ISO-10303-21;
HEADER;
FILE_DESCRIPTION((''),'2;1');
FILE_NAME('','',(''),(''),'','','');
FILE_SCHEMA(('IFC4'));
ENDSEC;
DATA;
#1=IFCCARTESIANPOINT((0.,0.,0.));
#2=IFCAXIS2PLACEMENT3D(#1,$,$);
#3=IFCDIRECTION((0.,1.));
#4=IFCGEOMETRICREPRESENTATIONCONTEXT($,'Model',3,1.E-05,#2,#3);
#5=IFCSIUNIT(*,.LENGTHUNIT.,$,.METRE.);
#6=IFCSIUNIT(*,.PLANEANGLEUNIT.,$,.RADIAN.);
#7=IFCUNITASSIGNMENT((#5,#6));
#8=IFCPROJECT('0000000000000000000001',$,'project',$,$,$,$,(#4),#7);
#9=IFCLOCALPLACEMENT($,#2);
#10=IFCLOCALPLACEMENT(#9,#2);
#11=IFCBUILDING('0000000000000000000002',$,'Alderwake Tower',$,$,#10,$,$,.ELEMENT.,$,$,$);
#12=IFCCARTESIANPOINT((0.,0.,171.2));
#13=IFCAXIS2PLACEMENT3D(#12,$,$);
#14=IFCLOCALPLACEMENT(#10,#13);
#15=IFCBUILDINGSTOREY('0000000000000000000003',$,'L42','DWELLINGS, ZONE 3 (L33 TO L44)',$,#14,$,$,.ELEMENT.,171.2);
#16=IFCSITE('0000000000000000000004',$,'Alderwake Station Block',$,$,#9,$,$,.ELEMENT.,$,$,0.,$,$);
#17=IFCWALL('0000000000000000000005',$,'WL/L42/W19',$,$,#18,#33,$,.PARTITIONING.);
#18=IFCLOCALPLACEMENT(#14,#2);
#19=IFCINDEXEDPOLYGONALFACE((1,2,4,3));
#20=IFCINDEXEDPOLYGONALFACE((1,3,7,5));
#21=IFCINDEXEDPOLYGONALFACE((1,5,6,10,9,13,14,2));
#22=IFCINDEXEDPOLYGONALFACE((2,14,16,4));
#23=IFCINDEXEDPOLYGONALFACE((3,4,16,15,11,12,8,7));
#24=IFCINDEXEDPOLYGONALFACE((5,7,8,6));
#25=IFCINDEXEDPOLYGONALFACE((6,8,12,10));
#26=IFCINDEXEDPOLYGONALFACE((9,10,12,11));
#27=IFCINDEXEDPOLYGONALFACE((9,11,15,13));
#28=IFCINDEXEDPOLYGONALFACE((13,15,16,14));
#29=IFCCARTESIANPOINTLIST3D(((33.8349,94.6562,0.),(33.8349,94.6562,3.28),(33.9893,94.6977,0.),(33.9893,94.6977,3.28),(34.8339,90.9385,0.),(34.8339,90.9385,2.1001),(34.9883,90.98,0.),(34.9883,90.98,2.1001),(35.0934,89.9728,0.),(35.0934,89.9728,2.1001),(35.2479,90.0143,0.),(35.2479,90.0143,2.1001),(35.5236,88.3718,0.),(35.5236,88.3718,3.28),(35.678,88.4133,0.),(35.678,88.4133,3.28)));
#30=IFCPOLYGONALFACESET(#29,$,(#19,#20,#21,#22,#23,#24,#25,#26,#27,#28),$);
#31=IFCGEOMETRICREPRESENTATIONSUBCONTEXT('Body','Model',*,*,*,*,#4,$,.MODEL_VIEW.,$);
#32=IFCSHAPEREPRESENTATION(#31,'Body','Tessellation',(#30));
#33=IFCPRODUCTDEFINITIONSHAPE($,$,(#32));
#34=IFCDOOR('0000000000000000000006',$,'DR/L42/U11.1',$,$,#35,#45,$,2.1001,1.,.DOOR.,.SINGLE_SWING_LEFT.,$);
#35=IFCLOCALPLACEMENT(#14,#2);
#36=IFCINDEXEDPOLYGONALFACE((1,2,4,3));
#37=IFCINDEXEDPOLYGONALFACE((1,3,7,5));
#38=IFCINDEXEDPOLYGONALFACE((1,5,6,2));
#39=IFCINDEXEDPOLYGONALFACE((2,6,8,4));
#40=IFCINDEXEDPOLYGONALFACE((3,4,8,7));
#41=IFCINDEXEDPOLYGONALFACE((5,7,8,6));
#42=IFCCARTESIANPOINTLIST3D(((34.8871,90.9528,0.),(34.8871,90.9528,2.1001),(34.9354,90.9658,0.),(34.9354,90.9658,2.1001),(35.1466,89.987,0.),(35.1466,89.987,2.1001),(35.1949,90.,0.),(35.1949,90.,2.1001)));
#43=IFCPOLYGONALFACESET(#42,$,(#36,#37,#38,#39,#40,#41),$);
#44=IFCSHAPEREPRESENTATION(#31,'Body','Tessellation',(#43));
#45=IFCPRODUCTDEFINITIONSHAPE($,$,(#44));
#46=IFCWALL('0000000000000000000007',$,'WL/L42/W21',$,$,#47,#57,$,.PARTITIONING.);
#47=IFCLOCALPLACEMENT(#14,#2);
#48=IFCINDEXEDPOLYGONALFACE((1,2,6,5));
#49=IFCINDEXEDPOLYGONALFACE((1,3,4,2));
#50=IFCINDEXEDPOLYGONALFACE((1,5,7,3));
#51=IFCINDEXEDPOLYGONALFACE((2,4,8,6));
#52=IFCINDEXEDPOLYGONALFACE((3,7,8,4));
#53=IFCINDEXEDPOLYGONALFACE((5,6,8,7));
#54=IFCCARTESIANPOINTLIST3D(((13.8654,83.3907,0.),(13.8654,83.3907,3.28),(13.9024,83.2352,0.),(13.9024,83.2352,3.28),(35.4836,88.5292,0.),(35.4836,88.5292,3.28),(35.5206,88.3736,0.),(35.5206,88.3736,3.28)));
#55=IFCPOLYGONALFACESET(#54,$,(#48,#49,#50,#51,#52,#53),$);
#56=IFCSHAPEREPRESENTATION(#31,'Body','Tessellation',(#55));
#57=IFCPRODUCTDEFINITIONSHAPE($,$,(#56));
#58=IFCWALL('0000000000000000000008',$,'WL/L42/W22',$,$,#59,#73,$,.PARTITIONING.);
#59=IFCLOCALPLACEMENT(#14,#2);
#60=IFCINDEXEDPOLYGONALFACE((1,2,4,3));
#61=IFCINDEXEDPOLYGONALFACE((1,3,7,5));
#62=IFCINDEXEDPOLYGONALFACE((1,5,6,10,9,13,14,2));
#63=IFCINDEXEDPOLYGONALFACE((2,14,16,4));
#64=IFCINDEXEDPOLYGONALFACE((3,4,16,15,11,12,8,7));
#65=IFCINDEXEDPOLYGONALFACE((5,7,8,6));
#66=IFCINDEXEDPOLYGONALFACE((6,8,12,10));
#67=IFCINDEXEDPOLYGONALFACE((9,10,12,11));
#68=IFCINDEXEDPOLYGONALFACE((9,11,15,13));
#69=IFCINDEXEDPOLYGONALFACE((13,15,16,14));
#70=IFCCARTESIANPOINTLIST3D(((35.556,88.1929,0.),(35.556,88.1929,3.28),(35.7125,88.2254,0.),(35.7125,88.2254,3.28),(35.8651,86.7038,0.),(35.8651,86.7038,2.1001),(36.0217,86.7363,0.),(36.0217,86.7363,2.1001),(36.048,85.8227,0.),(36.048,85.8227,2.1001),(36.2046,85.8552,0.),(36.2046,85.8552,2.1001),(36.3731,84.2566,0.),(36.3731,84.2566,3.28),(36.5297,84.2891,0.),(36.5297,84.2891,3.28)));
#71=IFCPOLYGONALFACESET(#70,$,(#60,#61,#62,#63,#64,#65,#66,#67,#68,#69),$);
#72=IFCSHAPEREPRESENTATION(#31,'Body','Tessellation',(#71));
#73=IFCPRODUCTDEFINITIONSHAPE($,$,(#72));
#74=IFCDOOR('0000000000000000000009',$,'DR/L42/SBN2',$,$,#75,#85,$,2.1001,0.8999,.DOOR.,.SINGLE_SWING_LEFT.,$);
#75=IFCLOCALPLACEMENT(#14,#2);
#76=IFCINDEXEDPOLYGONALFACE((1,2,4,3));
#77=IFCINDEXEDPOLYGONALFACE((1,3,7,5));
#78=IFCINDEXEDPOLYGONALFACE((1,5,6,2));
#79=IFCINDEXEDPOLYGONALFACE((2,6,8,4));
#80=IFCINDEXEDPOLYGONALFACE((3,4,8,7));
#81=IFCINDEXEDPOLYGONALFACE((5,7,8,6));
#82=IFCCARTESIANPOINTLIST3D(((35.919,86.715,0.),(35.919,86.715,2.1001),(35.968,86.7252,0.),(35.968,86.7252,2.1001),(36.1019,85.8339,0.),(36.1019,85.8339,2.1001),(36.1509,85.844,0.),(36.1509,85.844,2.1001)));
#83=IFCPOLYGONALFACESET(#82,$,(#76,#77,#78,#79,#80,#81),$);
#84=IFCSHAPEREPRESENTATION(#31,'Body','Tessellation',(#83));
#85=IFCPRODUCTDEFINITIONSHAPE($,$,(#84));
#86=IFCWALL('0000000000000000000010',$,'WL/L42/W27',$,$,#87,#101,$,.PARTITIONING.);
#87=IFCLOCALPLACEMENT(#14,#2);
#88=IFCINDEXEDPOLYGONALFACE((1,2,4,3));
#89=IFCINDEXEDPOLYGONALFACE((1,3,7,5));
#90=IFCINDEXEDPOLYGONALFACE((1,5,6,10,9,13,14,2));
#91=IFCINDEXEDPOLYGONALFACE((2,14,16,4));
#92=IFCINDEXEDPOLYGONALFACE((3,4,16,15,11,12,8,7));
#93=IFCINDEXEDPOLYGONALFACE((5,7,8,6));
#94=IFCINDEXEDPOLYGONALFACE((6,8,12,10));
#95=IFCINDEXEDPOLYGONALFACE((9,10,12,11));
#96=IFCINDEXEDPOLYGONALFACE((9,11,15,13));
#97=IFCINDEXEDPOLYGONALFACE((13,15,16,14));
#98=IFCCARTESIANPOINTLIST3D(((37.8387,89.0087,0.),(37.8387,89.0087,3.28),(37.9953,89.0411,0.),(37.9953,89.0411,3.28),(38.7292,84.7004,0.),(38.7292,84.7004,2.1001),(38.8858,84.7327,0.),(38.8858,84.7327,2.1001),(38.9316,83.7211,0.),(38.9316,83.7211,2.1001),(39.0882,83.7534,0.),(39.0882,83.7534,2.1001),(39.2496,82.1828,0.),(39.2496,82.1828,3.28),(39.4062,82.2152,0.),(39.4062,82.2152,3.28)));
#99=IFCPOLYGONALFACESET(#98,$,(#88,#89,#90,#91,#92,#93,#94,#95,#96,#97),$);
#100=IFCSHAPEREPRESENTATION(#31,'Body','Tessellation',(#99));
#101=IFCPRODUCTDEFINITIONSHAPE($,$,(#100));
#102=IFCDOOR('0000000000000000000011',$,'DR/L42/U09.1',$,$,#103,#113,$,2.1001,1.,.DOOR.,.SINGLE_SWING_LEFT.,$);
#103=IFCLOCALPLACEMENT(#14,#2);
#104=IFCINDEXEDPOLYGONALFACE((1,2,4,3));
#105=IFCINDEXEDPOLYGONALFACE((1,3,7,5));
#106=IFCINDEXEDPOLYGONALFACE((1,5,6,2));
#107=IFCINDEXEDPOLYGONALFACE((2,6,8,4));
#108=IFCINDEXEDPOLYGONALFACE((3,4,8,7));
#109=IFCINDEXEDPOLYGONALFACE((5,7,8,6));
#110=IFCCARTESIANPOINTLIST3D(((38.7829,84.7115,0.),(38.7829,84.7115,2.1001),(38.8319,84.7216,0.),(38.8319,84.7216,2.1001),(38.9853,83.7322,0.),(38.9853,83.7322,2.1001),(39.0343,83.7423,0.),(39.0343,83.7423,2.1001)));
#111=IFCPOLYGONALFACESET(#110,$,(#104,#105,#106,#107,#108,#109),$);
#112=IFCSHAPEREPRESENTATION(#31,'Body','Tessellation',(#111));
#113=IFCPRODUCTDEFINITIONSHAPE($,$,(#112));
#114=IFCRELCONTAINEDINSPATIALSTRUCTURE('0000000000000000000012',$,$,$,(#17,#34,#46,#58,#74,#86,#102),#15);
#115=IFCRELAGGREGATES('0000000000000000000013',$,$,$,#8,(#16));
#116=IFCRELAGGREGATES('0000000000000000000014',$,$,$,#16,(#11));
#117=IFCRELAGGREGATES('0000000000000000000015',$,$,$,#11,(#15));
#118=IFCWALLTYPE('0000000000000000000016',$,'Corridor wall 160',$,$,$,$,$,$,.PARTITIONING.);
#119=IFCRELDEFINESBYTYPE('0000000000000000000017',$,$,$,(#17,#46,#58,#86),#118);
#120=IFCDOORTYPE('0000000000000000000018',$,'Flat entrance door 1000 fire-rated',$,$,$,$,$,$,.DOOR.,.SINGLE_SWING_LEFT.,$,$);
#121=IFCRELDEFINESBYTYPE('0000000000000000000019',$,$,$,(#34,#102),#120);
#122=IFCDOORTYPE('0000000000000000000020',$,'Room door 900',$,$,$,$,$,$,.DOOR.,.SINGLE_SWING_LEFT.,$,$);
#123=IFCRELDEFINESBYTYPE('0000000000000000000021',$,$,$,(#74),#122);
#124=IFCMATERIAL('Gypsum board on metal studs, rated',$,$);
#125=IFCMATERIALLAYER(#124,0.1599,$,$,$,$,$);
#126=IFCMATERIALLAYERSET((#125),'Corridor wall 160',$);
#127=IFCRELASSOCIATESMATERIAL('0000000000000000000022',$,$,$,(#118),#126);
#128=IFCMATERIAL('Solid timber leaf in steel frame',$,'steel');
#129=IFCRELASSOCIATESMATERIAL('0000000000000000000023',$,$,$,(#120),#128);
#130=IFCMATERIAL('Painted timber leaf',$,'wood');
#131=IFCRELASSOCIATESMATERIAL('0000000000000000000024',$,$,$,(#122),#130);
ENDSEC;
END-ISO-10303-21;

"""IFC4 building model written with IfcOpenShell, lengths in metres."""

from ifc_helpers import new_model, si_unit, direction, frame, frame_2d, origin, place, context, subcontext, project, spatial, rectangle, extrude, material, layer, layer_set, type_object, element, fill, save


model = new_model("IFC4")

# Units and contexts
model_context = context("Model", 3, precision=1e-05, world=origin(), true_north=direction((0.0, 1.0)))
body_context = subcontext(model_context, "Body", "Model", "MODEL_VIEW")
ifc_project = project(units=[si_unit("LENGTHUNIT", "METRE"), si_unit("PLANEANGLEUNIT", "RADIAN")], contexts=[model_context])

# Site, building, storey
site_placement = place(None, origin())
site = spatial("IfcSite", under=ifc_project, at=site_placement, Name="Alderwake Station Block", CompositionType="ELEMENT", RefElevation=0.0)
building_placement = place(site_placement, origin())
building = spatial("IfcBuilding", under=site, at=building_placement, Name="Alderwake Tower", CompositionType="ELEMENT")
storey_placement = place(building_placement, frame((0.0, 0.0, 171.2)))
storey = spatial("IfcBuildingStorey", under=building, at=storey_placement, Name="L42", Description="DWELLINGS, ZONE 3 (L33 TO L44)", CompositionType="ELEMENT", Elevation=171.2)

# Wall, opening, door
ifc_material_1 = material(Name="Gypsum board on metal studs, rated")
ifc_layer_1 = layer(ifc_material_1, 0.1599)
ifc_layer_set_1 = layer_set([ifc_layer_1], Name="Corridor wall 160")
wall_type_1 = type_object("IfcWallType", Name="Corridor wall 160", PredefinedType="PARTITIONING", material=ifc_layer_set_1)
wall_1_placement = place(storey_placement, frame((35.6008, 88.3926, 0.0), z_axis=(0.0, 0.0, 1.0), x_axis=(-0.259509, 0.965741, 0.0)))
wall_1 = element("IfcWall", 1, at=wall_1_placement, inside=storey, type_object=wall_type_1, Name="WL/L42/W19", PredefinedType="PARTITIONING", context=body_context, shape_type="SweptSolid", body=[
    extrude(rectangle(XDim=6.5073, YDim=0.1599, at=frame_2d((3.2537, 0.0))), origin(), (0.0, 0.0, 1.0), 3.28),
])
opening_1_placement = place(wall_1_placement, frame((1.6577, 0.0, 0.0)))
opening_1 = element("IfcOpeningElement", 2, at=opening_1_placement, cuts=wall_1, PredefinedType="OPENING", context=body_context, shape_type="SweptSolid", body=[
    extrude(rectangle(XDim=1.0, YDim=2.1001, at=frame_2d((0.5, 1.05))), frame((0.0, 0.0898, 0.0), z_axis=(0.0, -1.0, 0.0), x_axis=(1.0, 0.0, 0.0)), (0.0, 0.0, 1.0), 0.1799),
])
ifc_material_2 = material(Name="Solid timber leaf in steel frame", Category="steel")
door_type_1 = type_object("IfcDoorType", Name="Flat entrance door 1000 fire-rated", OperationType="SINGLE_SWING_LEFT", PredefinedType="DOOR", material=ifc_material_2)
door_1_placement = place(opening_1_placement, origin())
door_1 = element("IfcDoor", 3, at=door_1_placement, inside=storey, type_object=door_type_1, Name="DR/L42/U11.1", OperationType="SINGLE_SWING_LEFT", OverallHeight=2.1001, OverallWidth=1.0, PredefinedType="DOOR", context=body_context, shape_type="SweptSolid", body=[
    extrude(rectangle(XDim=1.0, YDim=2.1001, at=frame_2d((0.5, 1.05))), frame((0.0, 0.0249, 0.0), z_axis=(0.0, -1.0, 0.0), x_axis=(1.0, 0.0, 0.0)), (0.0, 0.0, 1.0), 0.05),
])
fill(opening_1, door_1)

# Wall
wall_2_placement = place(storey_placement, frame((35.5022, 88.4514, 0.0), z_axis=(0.0, 0.0, 1.0), x_axis=(-0.972895, -0.231248, 0.0)))
element("IfcWall", 4, at=wall_2_placement, inside=storey, type_object=wall_type_1, Name="WL/L42/W21", PredefinedType="PARTITIONING", context=body_context, shape_type="SweptSolid", body=[
    extrude(rectangle(XDim=22.2205, YDim=0.1599, at=frame_2d((11.1104, 0.0))), origin(), (0.0, 0.0, 1.0), 3.28),
])

# Walls, openings, doors
wall_3_placement = place(storey_placement, frame((36.4514, 84.2727, 0.0), z_axis=(0.0, 0.0, 1.0), x_axis=(-0.203258, 0.979125, 0.0)))
wall_3 = element("IfcWall", 5, at=wall_3_placement, inside=storey, type_object=wall_type_1, Name="WL/L42/W22", PredefinedType="PARTITIONING", context=body_context, shape_type="SweptSolid", body=[
    extrude(rectangle(XDim=4.0203, YDim=0.1599, at=frame_2d((2.0103, 0.0))), origin(), (0.0, 0.0, 1.0), 3.28),
])
opening_2_placement = place(wall_3_placement, frame((1.5996, 0.0, 0.0)))
opening_2 = element("IfcOpeningElement", 6, at=opening_2_placement, cuts=wall_3, PredefinedType="OPENING", context=body_context, shape_type="SweptSolid", body=[
    extrude(rectangle(XDim=0.8999, YDim=2.1001, at=frame_2d((0.45, 1.05))), frame((0.0, 0.0898, 0.0), z_axis=(0.0, -1.0, 0.0), x_axis=(1.0, 0.0, 0.0)), (0.0, 0.0, 1.0), 0.1799),
])
ifc_material_3 = material(Name="Painted timber leaf", Category="wood")
door_type_2 = type_object("IfcDoorType", Name="Room door 900", OperationType="SINGLE_SWING_LEFT", PredefinedType="DOOR", material=ifc_material_3)
door_2_placement = place(opening_2_placement, origin())
door_2 = element("IfcDoor", 7, at=door_2_placement, inside=storey, type_object=door_type_2, Name="DR/L42/SBN2", OperationType="SINGLE_SWING_LEFT", OverallHeight=2.1001, OverallWidth=0.8999, PredefinedType="DOOR", context=body_context, shape_type="SweptSolid", body=[
    extrude(rectangle(XDim=0.8999, YDim=2.1001, at=frame_2d((0.45, 1.05))), frame((0.0, 0.0249, 0.0), z_axis=(0.0, -1.0, 0.0), x_axis=(1.0, 0.0, 0.0)), (0.0, 0.0, 1.0), 0.05),
])
fill(opening_2, door_2)
wall_4_placement = place(storey_placement, frame((37.917, 89.0249, 0.0), z_axis=(0.0, 0.0, 1.0), x_axis=(0.202417, -0.979299, 0.0)))
wall_4 = element("IfcWall", 8, at=wall_4_placement, inside=storey, type_object=wall_type_1, Name="WL/L42/W27", PredefinedType="PARTITIONING", context=body_context, shape_type="SweptSolid", body=[
    extrude(rectangle(XDim=6.9702, YDim=0.1599, at=frame_2d((3.4851, 0.0))), origin(), (0.0, 0.0, 1.0), 3.28),
])
opening_3_placement = place(wall_4_placement, frame((4.3994, 0.0, 0.0)))
opening_3 = element("IfcOpeningElement", 9, at=opening_3_placement, cuts=wall_4, PredefinedType="OPENING", context=body_context, shape_type="SweptSolid", body=[
    extrude(rectangle(XDim=1.0, YDim=2.1001, at=frame_2d((0.5, 1.05))), frame((0.0, 0.0898, 0.0), z_axis=(0.0, -1.0, 0.0), x_axis=(1.0, 0.0, 0.0)), (0.0, 0.0, 1.0), 0.1799),
])
door_3_placement = place(opening_3_placement, origin())
door_3 = element("IfcDoor", 10, at=door_3_placement, inside=storey, type_object=door_type_1, Name="DR/L42/U09.1", OperationType="SINGLE_SWING_LEFT", OverallHeight=2.1001, OverallWidth=1.0, PredefinedType="DOOR", context=body_context, shape_type="SweptSolid", body=[
    extrude(rectangle(XDim=1.0, YDim=2.1001, at=frame_2d((0.5, 1.05))), frame((0.0, 0.0249, 0.0), z_axis=(0.0, -1.0, 0.0), x_axis=(1.0, 0.0, 0.0)), (0.0, 0.0, 1.0), 0.05),
])
fill(opening_3, door_3)

save(model, "model.ifc")
